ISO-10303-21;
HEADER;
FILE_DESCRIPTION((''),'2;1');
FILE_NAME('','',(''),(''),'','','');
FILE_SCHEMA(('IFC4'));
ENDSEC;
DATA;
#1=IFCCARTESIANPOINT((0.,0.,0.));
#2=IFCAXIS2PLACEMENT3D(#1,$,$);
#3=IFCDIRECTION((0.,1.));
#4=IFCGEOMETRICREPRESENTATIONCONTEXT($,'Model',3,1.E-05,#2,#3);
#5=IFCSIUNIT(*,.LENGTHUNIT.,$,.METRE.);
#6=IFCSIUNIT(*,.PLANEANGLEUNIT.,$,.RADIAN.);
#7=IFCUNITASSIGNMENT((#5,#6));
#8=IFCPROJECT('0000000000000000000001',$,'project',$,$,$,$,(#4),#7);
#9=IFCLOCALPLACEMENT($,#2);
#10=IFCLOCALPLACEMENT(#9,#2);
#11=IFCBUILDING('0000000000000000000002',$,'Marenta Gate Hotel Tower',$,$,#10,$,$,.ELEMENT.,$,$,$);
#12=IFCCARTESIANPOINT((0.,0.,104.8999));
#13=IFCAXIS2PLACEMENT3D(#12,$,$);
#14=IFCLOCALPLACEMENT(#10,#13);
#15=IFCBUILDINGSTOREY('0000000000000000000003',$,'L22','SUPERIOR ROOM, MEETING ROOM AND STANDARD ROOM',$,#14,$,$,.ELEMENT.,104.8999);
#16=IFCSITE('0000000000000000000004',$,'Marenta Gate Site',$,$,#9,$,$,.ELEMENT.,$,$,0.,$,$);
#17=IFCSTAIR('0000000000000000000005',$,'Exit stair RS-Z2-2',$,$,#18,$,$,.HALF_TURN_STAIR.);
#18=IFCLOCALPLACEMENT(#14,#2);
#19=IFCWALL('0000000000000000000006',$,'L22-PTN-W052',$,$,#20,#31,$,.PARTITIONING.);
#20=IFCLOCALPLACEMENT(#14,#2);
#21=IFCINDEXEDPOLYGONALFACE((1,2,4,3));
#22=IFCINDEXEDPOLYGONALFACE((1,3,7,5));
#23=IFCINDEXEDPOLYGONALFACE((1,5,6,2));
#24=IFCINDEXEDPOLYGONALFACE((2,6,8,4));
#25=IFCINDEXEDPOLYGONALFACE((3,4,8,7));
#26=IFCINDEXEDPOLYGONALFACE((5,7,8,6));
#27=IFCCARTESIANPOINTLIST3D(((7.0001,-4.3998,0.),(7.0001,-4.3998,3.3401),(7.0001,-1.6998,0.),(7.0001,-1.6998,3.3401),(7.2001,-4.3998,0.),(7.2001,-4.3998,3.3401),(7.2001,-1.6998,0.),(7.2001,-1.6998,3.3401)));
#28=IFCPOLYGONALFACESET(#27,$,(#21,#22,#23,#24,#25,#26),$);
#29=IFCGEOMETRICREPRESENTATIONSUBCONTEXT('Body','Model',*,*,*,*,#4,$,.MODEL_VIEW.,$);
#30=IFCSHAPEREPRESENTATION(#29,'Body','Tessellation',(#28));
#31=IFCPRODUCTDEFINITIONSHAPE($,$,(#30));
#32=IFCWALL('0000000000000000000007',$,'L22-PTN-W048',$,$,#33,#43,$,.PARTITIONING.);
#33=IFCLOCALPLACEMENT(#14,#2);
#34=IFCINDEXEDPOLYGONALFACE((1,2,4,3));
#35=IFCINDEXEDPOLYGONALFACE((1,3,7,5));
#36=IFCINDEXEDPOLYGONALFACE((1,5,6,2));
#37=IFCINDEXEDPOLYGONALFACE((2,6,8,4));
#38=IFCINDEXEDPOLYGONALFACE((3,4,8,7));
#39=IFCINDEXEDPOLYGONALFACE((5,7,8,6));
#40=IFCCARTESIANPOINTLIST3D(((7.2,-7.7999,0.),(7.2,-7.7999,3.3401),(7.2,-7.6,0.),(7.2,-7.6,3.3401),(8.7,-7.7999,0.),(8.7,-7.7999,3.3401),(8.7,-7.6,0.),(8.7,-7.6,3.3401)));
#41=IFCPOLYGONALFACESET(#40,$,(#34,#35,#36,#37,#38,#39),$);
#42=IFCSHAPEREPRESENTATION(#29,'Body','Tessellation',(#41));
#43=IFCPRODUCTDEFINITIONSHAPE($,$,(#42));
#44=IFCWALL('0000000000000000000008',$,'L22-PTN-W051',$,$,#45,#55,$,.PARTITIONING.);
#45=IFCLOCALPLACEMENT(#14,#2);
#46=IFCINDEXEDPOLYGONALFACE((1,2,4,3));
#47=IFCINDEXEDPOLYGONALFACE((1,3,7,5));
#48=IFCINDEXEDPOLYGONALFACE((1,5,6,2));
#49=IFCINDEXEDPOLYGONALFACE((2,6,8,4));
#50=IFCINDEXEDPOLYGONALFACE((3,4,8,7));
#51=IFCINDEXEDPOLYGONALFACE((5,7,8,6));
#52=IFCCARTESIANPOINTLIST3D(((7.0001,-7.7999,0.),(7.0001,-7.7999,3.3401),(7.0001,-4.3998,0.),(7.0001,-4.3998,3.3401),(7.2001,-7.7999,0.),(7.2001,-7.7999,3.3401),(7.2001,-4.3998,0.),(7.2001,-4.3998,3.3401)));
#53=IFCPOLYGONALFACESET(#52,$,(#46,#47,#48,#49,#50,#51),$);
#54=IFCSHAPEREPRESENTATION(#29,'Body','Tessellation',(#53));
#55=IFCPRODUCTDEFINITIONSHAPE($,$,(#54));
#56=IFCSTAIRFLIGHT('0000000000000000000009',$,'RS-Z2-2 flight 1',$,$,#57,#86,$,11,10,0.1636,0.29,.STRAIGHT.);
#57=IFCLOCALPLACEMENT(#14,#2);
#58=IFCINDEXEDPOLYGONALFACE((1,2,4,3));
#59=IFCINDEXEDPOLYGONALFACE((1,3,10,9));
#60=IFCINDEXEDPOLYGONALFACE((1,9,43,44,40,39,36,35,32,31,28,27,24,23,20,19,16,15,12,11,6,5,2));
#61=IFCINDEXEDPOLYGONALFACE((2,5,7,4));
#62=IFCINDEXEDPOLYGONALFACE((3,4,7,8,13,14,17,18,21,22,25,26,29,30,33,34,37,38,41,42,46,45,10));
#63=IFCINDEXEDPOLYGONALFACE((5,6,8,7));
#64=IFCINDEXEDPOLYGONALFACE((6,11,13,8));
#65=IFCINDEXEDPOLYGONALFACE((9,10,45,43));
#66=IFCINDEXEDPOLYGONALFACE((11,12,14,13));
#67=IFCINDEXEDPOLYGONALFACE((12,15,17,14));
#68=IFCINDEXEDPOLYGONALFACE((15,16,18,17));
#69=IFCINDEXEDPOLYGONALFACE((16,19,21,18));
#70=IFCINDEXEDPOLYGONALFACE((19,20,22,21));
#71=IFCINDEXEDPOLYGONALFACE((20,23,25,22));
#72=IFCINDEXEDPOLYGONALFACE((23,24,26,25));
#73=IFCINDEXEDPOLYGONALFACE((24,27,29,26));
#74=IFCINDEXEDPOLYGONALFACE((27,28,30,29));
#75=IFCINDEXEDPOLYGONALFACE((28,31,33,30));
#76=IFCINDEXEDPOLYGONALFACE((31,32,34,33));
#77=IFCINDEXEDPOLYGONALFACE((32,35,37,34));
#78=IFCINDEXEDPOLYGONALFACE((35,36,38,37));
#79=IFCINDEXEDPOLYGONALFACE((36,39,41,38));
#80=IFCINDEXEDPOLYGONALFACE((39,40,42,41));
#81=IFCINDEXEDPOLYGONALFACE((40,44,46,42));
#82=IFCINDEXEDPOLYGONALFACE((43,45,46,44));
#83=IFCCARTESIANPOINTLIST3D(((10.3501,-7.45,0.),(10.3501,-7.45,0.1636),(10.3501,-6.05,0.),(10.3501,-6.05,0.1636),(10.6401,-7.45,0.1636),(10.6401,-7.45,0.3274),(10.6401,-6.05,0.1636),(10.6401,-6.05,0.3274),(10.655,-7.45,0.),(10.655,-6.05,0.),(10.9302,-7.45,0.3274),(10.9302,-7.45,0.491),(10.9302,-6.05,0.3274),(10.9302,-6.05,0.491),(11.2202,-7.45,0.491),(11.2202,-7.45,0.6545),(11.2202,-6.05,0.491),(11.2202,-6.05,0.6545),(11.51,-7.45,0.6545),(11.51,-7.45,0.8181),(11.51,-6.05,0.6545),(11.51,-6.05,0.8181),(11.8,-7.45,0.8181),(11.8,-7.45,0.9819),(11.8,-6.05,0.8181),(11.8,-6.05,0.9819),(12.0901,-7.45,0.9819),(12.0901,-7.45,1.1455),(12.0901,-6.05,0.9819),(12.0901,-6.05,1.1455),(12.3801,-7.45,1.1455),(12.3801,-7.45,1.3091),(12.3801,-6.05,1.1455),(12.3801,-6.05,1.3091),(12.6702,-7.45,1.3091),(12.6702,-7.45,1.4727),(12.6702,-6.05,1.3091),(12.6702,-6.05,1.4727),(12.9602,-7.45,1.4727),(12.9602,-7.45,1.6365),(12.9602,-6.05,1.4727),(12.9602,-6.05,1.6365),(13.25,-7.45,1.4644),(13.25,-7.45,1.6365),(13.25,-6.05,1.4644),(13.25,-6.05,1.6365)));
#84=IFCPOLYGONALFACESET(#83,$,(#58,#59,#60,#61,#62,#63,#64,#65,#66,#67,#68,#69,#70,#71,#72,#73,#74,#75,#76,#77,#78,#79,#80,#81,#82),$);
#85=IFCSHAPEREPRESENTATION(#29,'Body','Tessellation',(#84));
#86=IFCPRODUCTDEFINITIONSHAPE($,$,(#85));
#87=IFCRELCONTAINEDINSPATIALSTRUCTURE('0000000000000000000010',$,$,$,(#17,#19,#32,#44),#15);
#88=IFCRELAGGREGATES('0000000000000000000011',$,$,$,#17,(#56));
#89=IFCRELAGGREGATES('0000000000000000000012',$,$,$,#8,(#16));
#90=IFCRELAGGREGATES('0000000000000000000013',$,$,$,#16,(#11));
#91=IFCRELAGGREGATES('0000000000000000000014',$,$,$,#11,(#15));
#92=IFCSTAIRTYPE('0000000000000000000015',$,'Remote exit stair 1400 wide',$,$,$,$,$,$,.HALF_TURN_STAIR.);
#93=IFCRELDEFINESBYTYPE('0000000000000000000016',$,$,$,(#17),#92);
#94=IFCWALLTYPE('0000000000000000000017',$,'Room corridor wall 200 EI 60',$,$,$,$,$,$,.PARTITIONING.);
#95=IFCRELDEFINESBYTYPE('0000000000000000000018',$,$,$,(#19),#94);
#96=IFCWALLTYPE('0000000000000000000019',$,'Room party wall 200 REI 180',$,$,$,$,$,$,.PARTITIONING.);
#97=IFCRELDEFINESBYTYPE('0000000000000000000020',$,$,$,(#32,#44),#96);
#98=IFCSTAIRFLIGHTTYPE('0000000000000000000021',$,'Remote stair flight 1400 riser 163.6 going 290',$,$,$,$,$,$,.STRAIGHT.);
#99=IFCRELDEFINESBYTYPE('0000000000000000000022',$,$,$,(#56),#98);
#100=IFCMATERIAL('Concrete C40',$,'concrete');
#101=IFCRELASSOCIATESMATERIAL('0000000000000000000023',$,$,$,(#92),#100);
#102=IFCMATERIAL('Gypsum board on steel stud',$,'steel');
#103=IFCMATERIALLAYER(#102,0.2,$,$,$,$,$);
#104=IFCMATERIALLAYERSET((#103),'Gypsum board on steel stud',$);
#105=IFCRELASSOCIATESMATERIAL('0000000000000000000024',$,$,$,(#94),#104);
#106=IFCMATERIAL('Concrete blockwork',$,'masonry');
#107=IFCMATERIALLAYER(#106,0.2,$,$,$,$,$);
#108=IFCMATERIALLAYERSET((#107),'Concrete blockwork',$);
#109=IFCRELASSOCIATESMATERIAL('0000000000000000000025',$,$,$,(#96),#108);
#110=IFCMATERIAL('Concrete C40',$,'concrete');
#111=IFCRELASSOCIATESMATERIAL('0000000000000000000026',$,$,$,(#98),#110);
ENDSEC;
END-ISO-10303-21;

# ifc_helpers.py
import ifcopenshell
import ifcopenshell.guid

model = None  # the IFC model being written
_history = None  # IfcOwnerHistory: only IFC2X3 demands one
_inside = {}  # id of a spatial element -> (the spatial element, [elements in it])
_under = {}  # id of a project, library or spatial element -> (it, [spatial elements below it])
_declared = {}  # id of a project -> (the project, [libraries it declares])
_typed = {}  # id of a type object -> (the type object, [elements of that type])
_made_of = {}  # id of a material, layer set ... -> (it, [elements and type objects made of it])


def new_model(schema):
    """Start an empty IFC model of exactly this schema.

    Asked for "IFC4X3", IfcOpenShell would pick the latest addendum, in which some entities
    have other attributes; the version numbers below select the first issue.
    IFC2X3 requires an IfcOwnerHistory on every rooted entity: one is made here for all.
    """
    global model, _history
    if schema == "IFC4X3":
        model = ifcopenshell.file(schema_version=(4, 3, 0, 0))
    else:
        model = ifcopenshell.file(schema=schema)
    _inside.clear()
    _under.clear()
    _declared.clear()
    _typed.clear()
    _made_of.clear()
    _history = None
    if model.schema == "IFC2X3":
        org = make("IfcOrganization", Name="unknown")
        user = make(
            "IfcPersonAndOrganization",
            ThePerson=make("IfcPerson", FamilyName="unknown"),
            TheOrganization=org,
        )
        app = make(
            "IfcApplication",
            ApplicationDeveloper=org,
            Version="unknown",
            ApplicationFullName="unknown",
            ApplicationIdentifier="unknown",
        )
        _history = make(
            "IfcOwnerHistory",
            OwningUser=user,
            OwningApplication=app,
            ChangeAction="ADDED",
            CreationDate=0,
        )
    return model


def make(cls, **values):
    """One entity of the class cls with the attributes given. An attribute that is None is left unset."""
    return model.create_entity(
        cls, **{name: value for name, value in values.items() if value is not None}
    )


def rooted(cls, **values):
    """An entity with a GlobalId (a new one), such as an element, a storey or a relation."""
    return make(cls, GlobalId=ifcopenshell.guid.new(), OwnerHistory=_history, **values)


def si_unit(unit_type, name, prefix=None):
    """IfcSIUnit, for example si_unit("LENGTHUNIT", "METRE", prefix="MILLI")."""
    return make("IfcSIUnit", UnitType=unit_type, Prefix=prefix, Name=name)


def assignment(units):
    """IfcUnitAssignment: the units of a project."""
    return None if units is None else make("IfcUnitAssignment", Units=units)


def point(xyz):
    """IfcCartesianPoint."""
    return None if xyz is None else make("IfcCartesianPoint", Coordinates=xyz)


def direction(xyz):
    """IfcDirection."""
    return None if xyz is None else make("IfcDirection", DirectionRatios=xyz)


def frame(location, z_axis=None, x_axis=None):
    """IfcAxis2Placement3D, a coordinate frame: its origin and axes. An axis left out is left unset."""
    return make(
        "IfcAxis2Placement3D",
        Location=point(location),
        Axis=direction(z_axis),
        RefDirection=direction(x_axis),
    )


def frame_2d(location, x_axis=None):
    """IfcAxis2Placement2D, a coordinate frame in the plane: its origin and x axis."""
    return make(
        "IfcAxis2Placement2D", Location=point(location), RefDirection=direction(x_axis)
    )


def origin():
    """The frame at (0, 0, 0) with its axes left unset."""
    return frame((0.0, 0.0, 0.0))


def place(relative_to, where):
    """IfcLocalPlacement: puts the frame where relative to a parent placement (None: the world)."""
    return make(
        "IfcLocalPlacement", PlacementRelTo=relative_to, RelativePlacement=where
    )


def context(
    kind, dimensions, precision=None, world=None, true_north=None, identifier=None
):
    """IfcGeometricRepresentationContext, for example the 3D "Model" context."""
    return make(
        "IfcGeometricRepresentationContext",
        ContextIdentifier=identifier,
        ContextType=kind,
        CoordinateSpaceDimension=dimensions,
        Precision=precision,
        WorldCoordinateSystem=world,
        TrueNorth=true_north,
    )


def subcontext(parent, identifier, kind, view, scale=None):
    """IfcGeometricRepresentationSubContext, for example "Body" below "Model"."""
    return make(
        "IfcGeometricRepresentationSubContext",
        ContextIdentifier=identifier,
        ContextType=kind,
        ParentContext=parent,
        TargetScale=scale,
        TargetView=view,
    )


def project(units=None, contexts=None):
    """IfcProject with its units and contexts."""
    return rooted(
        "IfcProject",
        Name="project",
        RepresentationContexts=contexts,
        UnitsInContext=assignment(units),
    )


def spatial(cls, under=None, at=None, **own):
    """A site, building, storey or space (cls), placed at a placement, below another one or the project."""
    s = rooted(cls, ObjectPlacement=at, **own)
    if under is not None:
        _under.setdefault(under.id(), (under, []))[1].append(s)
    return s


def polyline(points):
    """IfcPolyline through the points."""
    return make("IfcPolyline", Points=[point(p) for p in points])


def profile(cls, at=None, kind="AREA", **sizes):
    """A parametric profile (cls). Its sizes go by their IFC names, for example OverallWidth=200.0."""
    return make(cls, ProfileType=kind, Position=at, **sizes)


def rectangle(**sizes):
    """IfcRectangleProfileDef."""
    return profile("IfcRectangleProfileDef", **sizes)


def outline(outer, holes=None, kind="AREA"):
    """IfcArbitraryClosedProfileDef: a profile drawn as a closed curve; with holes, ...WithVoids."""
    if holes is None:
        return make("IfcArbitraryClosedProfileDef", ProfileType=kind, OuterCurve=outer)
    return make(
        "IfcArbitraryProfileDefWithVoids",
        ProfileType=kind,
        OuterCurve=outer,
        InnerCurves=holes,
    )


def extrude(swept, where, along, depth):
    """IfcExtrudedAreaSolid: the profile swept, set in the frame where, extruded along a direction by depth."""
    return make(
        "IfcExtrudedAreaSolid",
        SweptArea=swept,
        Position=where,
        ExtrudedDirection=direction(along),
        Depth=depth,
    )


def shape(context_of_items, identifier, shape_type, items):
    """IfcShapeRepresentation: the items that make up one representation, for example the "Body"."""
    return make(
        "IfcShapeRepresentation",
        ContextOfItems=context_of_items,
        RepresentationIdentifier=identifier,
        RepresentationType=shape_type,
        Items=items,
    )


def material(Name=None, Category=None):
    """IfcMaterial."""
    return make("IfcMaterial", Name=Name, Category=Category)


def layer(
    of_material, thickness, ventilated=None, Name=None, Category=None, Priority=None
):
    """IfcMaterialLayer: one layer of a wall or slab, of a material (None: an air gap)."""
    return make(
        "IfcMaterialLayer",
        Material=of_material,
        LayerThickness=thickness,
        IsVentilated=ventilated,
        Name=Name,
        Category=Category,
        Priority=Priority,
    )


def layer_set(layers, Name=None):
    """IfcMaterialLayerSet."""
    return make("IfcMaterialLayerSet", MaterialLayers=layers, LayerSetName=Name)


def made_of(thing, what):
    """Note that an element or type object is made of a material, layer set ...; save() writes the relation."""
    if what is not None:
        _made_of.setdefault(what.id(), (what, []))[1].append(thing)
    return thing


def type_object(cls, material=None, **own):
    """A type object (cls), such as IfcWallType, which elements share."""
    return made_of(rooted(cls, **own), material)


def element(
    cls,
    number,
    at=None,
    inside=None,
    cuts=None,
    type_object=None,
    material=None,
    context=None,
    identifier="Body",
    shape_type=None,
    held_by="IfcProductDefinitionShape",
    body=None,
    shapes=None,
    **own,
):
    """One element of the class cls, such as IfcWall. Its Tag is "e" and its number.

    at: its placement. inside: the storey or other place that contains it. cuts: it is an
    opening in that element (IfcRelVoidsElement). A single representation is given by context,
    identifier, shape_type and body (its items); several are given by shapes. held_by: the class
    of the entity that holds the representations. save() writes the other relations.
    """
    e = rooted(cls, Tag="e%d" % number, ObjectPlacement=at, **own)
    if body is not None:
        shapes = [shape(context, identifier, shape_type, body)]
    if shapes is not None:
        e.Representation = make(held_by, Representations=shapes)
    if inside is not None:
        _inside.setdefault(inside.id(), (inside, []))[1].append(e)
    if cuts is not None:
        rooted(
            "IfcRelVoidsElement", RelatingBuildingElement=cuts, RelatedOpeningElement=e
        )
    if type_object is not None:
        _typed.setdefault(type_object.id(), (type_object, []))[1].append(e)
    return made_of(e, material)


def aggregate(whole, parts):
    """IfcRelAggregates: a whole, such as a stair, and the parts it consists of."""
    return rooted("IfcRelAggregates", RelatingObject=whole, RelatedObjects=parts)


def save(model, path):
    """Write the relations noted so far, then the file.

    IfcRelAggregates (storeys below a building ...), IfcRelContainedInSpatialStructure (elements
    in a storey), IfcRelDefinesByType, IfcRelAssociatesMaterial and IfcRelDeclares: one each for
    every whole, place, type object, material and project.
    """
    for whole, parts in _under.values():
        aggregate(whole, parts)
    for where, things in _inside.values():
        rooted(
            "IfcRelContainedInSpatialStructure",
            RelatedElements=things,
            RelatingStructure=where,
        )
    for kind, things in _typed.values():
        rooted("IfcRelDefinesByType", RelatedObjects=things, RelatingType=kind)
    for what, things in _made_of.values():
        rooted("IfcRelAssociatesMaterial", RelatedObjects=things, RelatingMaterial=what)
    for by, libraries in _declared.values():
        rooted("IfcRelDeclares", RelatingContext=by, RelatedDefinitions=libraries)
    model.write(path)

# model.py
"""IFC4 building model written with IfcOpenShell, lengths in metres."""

from ifc_helpers import new_model, si_unit, direction, frame, frame_2d, origin, place, context, subcontext, project, spatial, polyline, rectangle, outline, extrude, material, layer, layer_set, type_object, element, aggregate, save


model = new_model("IFC4")

# Units and contexts
model_context = context("Model", 3, precision=1e-05, world=origin(), true_north=direction((0.0, 1.0)))
body_context = subcontext(model_context, "Body", "Model", "MODEL_VIEW")
ifc_project = project(units=[si_unit("LENGTHUNIT", "METRE"), si_unit("PLANEANGLEUNIT", "RADIAN")], contexts=[model_context])

# Site, building, storey
site_placement = place(None, origin())
site = spatial("IfcSite", under=ifc_project, at=site_placement, Name="Marenta Gate Site", CompositionType="ELEMENT", RefElevation=0.0)
building_placement = place(site_placement, origin())
building = spatial("IfcBuilding", under=site, at=building_placement, Name="Marenta Gate Hotel Tower", CompositionType="ELEMENT")
storey_placement = place(building_placement, frame((0.0, 0.0, 104.8999)))
storey = spatial("IfcBuildingStorey", under=building, at=storey_placement, Name="L22", Description="SUPERIOR ROOM, MEETING ROOM AND STANDARD ROOM", CompositionType="ELEMENT", Elevation=104.8999)

# Stair
ifc_material_1 = material(Name="Concrete C40", Category="concrete")
stair_type_1 = type_object("IfcStairType", Name="Remote exit stair 1400 wide", PredefinedType="HALF_TURN_STAIR", material=ifc_material_1)
stair_1_placement = place(storey_placement, origin())
stair_1 = element("IfcStair", 1, at=stair_1_placement, inside=storey, type_object=stair_type_1, Name="Exit stair RS-Z2-2", PredefinedType="HALF_TURN_STAIR")

# Shared definitions
ifc_material_2 = material(Name="Gypsum board on steel stud", Category="steel")
ifc_layer_1 = layer(ifc_material_2, 0.2)
ifc_layer_set_1 = layer_set([ifc_layer_1], Name="Gypsum board on steel stud")
wall_type_1 = type_object("IfcWallType", Name="Room corridor wall 200 EI 60", PredefinedType="PARTITIONING", material=ifc_layer_set_1)

# Wall
wall_1_placement = place(storey_placement, frame((7.1001, -4.3999, 0.0), z_axis=(0.0, 0.0, 1.0), x_axis=(0.0, 1.0, 0.0)))
element("IfcWall", 2, at=wall_1_placement, inside=storey, type_object=wall_type_1, Name="L22-PTN-W052", PredefinedType="PARTITIONING", context=body_context, shape_type="SweptSolid", body=[
    extrude(rectangle(XDim=2.7, YDim=0.2, at=frame_2d((1.3501, 0.0))), origin(), (0.0, 0.0, 1.0), 3.3401),
])

# Walls
ifc_material_3 = material(Name="Concrete blockwork", Category="masonry")
ifc_layer_2 = layer(ifc_material_3, 0.2)
ifc_layer_set_2 = layer_set([ifc_layer_2], Name="Concrete blockwork")
wall_type_2 = type_object("IfcWallType", Name="Room party wall 200 REI 180", PredefinedType="PARTITIONING", material=ifc_layer_set_2)
wall_2_placement = place(storey_placement, frame((7.2, -7.7, 0.0), z_axis=(0.0, 0.0, 1.0), x_axis=(1.0, 0.0, 0.0)))
element("IfcWall", 3, at=wall_2_placement, inside=storey, type_object=wall_type_2, Name="L22-PTN-W048", PredefinedType="PARTITIONING", context=body_context, shape_type="SweptSolid", body=[
    extrude(rectangle(XDim=1.5, YDim=0.2, at=frame_2d((0.75, 0.0))), origin(), (0.0, 0.0, 1.0), 3.3401),
])
wall_3_placement = place(storey_placement, frame((7.1001, -7.8, 0.0), z_axis=(0.0, 0.0, 1.0), x_axis=(0.0, 1.0, 0.0)))
element("IfcWall", 4, at=wall_3_placement, inside=storey, type_object=wall_type_2, Name="L22-PTN-W051", PredefinedType="PARTITIONING", context=body_context, shape_type="SweptSolid", body=[
    extrude(rectangle(XDim=3.4001, YDim=0.2, at=frame_2d((1.7002, 0.0))), origin(), (0.0, 0.0, 1.0), 3.3401),
])

# Stair flight
ifc_material_4 = material(Name="Concrete C40", Category="concrete")
stair_flight_type = type_object("IfcStairFlightType", Name="Remote stair flight 1400 riser 163.6 going 290", PredefinedType="STRAIGHT", material=ifc_material_4)
stair_flight_placement = place(storey_placement, frame((10.3501, -6.75, 0.0), z_axis=(0.0, 0.0, 1.0), x_axis=(1.0, 0.0, 0.0)))
stair_flight = element("IfcStairFlight", 5, at=stair_flight_placement, type_object=stair_flight_type, Name="RS-Z2-2 flight 1", NumberOfRisers=11, NumberOfTreads=10, PredefinedType="STRAIGHT", RiserHeight=0.1636, TreadLength=0.29, context=body_context, shape_type="SweptSolid", body=[
    extrude(outline(polyline([(0.0, 0.0), (0.0, 0.1636), (0.29, 0.1636), (0.29, 0.3274), (0.5801, 0.3274), (0.5801, 0.491), (0.8701, 0.491), (0.8701, 0.6545), (1.1599, 0.6545), (1.1599, 0.8181), (1.45, 0.8181), (1.45, 0.9819), (1.74, 0.9819), (1.74, 1.1455), (2.03, 1.1455), (2.03, 1.3091), (2.3201, 1.3091), (2.3201, 1.4727), (2.6101, 1.4727), (2.6101, 1.6365), (2.8999, 1.6365), (2.8999, 1.8), (2.8999, 1.4644), (0.3049, 0.0), (0.0, 0.0)])), frame((0.0, 0.7, 0.0), z_axis=(0.0, -1.0, 0.0), x_axis=(1.0, 0.0, 0.0)), (0.0, 0.0, 1.0), 1.3999),
])
aggregate(stair_1, [stair_flight])

save(model, "model.ifc")
